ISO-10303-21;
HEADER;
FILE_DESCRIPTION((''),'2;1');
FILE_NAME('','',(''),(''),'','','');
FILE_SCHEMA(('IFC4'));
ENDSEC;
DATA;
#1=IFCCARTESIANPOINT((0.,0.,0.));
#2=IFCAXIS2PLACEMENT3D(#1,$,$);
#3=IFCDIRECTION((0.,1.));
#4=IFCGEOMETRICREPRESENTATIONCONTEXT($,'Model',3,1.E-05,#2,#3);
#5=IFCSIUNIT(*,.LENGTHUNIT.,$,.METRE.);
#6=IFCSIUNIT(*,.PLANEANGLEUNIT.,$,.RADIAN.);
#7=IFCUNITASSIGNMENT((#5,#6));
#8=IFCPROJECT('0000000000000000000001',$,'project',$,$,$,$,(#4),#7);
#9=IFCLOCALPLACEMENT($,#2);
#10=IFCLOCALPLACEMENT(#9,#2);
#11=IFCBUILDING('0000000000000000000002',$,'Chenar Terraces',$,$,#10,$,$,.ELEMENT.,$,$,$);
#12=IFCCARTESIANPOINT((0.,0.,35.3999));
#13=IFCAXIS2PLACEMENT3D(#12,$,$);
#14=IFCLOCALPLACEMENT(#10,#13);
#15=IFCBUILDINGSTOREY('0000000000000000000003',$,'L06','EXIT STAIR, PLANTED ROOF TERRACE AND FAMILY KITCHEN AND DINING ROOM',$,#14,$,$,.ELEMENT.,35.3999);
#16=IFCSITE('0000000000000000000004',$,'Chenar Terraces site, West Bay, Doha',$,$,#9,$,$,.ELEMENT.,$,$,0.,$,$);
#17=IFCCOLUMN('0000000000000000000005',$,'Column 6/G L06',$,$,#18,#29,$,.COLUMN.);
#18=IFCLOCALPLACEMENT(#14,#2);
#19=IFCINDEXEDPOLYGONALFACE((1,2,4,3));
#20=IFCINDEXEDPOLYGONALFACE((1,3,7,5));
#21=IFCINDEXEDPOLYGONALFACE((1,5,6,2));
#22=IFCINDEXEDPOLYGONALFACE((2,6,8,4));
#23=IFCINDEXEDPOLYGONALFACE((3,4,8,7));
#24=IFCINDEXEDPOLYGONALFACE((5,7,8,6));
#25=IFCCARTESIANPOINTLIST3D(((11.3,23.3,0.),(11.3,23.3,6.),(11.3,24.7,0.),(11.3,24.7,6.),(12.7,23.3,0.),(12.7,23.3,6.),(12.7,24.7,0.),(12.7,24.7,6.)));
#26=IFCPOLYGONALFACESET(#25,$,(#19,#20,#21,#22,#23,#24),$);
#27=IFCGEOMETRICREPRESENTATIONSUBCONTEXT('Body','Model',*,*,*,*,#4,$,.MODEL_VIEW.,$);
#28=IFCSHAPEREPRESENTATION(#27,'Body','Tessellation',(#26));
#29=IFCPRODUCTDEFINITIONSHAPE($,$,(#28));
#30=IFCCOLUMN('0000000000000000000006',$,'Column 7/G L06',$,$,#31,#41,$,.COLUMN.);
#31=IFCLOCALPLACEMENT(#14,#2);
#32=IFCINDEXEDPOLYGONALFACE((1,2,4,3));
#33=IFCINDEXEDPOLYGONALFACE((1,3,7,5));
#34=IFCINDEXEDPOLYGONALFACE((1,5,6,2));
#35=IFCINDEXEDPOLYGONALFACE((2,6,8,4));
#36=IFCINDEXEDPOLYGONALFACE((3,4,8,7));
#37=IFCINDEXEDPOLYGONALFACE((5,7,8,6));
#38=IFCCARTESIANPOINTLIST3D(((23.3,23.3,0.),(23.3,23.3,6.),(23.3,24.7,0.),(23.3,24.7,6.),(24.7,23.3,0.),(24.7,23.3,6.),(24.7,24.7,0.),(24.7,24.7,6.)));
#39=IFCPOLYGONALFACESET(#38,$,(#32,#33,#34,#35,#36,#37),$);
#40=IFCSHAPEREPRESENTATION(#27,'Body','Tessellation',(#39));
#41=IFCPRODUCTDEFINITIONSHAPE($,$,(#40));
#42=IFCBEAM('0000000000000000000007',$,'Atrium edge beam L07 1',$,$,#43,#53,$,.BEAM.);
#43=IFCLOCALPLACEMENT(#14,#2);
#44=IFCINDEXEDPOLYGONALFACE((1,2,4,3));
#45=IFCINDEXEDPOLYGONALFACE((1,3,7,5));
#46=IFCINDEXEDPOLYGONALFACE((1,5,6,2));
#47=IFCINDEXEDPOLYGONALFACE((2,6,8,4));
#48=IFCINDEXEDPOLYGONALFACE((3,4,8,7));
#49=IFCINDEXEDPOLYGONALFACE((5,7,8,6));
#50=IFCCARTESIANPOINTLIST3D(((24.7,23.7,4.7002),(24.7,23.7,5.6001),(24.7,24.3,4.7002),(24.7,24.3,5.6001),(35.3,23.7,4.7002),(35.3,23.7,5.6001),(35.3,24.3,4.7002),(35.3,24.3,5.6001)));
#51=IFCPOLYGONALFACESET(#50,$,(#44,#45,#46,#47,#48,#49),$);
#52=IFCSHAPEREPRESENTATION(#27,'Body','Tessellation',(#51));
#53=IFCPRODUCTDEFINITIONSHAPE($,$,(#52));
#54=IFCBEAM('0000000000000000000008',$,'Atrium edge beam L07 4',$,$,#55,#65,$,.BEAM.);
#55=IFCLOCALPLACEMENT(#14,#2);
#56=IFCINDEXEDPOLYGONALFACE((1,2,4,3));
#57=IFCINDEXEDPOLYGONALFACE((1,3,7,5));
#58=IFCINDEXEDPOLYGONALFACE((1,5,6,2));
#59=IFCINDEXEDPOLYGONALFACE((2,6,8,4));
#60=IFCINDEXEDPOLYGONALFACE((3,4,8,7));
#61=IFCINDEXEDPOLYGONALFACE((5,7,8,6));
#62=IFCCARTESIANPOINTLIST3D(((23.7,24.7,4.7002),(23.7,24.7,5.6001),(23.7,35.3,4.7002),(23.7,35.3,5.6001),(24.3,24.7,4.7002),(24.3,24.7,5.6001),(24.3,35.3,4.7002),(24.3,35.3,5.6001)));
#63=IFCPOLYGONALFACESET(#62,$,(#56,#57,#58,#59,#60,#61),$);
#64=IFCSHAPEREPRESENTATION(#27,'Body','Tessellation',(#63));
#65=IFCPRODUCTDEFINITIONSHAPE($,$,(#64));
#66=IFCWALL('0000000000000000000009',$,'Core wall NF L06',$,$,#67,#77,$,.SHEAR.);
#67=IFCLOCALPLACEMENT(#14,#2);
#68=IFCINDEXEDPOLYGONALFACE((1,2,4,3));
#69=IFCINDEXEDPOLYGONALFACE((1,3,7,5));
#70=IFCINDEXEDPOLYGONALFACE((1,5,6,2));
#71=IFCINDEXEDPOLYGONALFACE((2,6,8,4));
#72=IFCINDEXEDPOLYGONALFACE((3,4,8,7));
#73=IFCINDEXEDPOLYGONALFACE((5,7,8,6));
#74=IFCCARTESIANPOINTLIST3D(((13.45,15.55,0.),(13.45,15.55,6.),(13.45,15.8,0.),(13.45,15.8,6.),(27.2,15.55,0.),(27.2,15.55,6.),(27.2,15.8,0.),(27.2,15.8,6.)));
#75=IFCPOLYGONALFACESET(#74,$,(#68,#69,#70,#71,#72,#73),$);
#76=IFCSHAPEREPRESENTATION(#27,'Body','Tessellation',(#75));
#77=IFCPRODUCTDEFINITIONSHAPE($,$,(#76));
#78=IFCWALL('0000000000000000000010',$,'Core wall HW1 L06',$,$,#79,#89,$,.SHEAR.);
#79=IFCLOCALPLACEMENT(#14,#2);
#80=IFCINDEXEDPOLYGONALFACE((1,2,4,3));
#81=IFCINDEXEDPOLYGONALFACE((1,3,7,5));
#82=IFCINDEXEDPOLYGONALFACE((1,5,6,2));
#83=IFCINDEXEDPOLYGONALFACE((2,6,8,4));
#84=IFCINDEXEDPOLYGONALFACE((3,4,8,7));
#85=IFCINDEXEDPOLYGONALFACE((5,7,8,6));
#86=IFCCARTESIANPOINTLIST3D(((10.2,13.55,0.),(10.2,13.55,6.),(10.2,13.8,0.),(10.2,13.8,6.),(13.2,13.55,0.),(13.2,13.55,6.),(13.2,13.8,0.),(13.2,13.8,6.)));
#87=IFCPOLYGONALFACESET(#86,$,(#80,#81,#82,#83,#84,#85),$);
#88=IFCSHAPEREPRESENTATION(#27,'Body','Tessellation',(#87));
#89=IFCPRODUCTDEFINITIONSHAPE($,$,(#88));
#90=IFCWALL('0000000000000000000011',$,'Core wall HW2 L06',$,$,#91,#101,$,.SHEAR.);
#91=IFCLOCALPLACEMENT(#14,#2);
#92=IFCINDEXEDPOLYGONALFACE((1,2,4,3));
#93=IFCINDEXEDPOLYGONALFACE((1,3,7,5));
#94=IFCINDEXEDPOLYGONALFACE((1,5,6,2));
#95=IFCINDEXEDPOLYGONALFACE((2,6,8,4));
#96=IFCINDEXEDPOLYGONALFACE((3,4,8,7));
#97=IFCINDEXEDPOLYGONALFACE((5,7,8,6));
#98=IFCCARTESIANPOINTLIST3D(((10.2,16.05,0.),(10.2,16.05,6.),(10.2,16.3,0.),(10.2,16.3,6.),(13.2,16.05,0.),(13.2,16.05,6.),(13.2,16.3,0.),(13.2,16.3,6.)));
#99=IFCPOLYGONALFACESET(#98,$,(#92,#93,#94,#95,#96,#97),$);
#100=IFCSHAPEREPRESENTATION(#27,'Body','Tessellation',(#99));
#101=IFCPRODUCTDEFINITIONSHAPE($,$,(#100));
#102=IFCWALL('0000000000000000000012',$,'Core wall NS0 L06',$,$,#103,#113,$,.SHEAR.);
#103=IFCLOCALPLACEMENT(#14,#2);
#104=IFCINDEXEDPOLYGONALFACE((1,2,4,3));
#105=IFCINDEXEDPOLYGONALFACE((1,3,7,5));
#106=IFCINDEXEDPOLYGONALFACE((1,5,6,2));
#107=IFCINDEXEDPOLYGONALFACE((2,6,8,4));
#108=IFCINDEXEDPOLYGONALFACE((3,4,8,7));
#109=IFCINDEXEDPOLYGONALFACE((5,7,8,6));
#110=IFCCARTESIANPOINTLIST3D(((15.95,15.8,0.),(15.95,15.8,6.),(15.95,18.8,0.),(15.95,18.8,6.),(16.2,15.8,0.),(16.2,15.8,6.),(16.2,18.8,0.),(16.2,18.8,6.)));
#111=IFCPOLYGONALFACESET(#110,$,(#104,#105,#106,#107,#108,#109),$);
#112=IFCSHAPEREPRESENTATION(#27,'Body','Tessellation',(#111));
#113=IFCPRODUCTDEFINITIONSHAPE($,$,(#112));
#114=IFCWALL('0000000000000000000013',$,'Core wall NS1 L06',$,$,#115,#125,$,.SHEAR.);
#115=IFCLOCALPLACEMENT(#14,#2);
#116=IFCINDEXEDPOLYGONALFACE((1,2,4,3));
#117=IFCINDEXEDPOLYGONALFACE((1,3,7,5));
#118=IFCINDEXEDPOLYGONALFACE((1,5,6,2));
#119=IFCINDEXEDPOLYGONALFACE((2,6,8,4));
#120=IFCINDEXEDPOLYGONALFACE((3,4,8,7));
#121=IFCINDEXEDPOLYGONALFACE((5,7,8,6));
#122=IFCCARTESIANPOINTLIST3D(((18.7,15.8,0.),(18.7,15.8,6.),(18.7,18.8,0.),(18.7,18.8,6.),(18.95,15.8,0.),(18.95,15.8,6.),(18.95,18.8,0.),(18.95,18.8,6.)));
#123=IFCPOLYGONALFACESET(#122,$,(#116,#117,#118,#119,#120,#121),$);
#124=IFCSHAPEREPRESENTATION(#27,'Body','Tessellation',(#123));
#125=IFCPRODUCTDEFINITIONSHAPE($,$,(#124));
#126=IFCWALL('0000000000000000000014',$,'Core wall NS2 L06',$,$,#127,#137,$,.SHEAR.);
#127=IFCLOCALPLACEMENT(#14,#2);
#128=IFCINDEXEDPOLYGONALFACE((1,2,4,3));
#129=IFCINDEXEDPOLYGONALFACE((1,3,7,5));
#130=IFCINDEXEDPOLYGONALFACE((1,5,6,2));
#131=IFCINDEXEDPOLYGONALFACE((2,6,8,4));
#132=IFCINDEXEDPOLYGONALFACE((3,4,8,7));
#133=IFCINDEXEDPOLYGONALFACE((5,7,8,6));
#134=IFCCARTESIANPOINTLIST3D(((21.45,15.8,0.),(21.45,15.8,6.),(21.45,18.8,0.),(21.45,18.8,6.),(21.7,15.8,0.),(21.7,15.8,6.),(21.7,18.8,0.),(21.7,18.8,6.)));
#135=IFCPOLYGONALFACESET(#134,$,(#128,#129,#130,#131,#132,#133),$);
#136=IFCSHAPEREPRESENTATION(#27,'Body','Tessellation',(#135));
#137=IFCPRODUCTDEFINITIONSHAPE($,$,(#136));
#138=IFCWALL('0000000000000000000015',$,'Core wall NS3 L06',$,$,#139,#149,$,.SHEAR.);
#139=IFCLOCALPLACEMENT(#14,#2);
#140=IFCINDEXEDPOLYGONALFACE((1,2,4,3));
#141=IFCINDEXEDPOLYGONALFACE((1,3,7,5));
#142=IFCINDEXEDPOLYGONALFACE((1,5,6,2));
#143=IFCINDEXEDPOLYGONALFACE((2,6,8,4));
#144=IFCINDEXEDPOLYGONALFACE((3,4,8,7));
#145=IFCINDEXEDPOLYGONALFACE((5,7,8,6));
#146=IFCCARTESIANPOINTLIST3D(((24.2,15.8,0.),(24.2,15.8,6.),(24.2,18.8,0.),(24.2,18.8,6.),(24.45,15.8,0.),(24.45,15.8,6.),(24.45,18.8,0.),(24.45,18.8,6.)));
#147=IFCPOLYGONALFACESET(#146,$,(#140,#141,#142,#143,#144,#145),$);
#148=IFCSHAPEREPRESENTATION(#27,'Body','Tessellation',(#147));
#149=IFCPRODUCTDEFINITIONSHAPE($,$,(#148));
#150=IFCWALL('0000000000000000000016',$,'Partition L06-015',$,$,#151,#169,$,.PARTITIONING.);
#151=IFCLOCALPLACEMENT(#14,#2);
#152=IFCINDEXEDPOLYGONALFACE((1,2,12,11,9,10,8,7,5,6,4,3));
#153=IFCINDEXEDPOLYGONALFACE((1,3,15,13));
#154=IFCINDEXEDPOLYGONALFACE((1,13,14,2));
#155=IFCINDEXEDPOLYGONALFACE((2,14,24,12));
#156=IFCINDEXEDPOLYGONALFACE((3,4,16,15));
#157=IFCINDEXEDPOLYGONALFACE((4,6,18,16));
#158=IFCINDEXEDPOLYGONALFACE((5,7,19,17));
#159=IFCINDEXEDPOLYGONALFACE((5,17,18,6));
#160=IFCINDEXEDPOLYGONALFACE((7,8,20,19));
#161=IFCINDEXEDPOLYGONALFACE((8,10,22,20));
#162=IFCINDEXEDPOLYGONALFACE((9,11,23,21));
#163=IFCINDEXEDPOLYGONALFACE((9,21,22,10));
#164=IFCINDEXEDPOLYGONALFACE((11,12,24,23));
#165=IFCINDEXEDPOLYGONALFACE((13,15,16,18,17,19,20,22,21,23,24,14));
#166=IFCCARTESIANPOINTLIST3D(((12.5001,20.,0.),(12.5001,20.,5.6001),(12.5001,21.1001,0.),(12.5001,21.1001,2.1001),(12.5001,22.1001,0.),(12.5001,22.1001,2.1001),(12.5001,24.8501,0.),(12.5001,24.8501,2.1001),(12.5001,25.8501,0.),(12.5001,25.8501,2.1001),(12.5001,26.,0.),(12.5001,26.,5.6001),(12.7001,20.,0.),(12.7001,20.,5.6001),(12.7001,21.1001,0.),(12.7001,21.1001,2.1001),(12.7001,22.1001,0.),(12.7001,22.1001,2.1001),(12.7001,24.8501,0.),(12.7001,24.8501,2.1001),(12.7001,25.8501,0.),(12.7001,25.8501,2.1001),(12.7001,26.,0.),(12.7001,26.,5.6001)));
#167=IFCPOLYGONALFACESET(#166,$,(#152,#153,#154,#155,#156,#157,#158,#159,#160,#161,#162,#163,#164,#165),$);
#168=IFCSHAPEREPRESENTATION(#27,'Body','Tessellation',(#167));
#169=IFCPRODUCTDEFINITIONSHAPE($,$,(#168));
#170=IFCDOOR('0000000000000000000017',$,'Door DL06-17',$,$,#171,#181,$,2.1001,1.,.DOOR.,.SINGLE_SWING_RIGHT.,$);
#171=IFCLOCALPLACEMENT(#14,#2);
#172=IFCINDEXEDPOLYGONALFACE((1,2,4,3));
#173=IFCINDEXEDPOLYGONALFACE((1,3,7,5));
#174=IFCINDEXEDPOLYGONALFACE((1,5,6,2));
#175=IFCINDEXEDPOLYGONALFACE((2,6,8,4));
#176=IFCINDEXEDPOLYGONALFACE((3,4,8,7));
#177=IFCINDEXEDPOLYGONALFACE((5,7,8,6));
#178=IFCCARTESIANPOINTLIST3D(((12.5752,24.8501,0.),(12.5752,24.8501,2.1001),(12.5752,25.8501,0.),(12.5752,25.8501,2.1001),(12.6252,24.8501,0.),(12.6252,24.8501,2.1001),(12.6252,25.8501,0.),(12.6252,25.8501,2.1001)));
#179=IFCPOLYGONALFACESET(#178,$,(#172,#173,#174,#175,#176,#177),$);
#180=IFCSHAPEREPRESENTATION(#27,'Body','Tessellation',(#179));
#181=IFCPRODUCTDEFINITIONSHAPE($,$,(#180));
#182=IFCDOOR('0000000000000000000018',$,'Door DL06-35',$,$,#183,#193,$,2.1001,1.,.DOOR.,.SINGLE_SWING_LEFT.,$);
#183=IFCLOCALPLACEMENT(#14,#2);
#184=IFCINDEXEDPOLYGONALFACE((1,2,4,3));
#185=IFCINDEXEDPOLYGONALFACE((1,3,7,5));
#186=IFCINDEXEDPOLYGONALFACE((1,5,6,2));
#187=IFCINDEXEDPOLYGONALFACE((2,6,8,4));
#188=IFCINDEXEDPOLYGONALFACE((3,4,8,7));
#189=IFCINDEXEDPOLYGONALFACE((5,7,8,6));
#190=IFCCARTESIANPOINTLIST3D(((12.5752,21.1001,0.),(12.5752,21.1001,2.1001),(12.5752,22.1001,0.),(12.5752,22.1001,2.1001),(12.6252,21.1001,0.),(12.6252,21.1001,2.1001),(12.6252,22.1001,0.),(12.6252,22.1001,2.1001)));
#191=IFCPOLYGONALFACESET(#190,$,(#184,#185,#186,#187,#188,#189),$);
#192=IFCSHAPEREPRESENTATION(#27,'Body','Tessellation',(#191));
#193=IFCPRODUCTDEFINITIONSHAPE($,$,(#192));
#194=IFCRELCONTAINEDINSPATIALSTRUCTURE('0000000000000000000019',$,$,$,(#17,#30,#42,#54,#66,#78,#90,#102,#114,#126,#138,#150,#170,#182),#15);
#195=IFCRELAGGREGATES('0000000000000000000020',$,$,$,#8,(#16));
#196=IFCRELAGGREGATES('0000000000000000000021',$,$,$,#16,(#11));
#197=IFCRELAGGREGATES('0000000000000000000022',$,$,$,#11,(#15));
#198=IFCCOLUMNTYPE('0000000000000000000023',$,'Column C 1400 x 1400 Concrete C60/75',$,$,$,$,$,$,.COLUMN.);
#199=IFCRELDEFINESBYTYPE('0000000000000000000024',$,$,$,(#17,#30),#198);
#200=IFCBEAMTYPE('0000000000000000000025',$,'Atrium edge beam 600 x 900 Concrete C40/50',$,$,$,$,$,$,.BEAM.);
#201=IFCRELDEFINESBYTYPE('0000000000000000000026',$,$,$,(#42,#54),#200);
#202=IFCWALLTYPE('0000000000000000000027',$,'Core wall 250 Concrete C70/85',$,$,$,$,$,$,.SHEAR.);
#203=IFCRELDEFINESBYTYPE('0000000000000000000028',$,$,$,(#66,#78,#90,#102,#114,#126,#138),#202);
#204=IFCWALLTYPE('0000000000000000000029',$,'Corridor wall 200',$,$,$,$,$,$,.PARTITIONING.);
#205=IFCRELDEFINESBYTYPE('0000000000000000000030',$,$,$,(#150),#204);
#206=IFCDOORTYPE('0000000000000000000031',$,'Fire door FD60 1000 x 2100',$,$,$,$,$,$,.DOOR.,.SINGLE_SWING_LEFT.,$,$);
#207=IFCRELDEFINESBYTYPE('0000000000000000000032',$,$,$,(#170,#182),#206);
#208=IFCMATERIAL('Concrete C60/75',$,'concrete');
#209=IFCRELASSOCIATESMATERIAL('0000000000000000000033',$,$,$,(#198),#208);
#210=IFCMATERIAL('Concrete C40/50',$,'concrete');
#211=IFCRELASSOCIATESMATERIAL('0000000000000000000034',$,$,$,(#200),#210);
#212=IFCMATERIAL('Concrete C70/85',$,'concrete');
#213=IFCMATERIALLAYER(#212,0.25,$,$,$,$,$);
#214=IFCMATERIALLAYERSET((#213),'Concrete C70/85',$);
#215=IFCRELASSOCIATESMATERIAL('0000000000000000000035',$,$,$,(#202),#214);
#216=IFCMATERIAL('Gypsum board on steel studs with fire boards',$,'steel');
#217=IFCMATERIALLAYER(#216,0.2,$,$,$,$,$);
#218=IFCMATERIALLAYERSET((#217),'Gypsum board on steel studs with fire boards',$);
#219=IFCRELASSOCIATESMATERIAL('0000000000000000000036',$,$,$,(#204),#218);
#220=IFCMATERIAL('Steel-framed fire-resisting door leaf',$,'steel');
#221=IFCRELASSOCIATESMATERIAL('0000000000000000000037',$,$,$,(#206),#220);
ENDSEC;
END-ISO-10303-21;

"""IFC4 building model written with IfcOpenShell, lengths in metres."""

from ifc_helpers import new_model, si_unit, direction, frame, frame_2d, origin, origin_2d, place, context, subcontext, project, spatial, rectangle, extrude, material, layer, layer_set, material_profile, profile_set, type_object, element, fill, save


model = new_model("IFC4")

# Units and contexts
model_context = context("Model", 3, precision=1e-05, world=origin(), true_north=direction((0.0, 1.0)))
body_context = subcontext(model_context, "Body", "Model", "MODEL_VIEW")
ifc_project = project(units=[si_unit("LENGTHUNIT", "METRE"), si_unit("PLANEANGLEUNIT", "RADIAN")], contexts=[model_context])

# Site, building, storey
site_placement = place(None, origin())
site = spatial("IfcSite", under=ifc_project, at=site_placement, Name="Chenar Terraces site, West Bay, Doha", CompositionType="ELEMENT", RefElevation=0.0)
building_placement = place(site_placement, origin())
building = spatial("IfcBuilding", under=site, at=building_placement, Name="Chenar Terraces", CompositionType="ELEMENT")
storey_placement = place(building_placement, frame((0.0, 0.0, 35.3999)))
storey = spatial("IfcBuildingStorey", under=building, at=storey_placement, Name="L06", Description="EXIT STAIR, PLANTED ROOF TERRACE AND FAMILY KITCHEN AND DINING ROOM", CompositionType="ELEMENT", Elevation=35.3999)

# Columns
ifc_material_1 = material(Name="Concrete C60/75", Category="concrete")
ifc_material_profile_1 = material_profile(ifc_material_1, rectangle(XDim=1.3999, YDim=1.3999, at=origin_2d()), Name="C 1400 x 1400")
ifc_profile_set_1 = profile_set([ifc_material_profile_1], Name="Concrete C60/75")
column_type = type_object("IfcColumnType", Name="Column C 1400 x 1400 Concrete C60/75", PredefinedType="COLUMN", material=ifc_profile_set_1)
for number, where, z_axis, x_axis, name in (
    (1, (12.0, 24.0, 0.0), (0.0, 0.0, 1.0), (1.0, 0.0, 0.0), "Column 6/G L06"),
    (2, (24.0, 24.0, 0.0), (0.0, 0.0, 1.0), (1.0, 0.0, 0.0), "Column 7/G L06"),
):
    element("IfcColumn", number, at=place(storey_placement, frame(where, z_axis=z_axis, x_axis=x_axis)), inside=storey, type_object=column_type, Name=name, PredefinedType="COLUMN", context=body_context, shape_type="SweptSolid", body=[
        extrude(rectangle(XDim=1.3999, YDim=1.3999, at=origin_2d()), origin(), (0.0, 0.0, 1.0), 6.0),
    ])

# Beams
ifc_material_2 = material(Name="Concrete C40/50", Category="concrete")
ifc_material_profile_2 = material_profile(ifc_material_2, rectangle(XDim=0.6001, YDim=0.8999, at=origin_2d()), Name="RC 600 x 900")
ifc_profile_set_2 = profile_set([ifc_material_profile_2], Name="Concrete C40/50")
beam_type = type_object("IfcBeamType", Name="Atrium edge beam 600 x 900 Concrete C40/50", PredefinedType="BEAM", material=ifc_profile_set_2)
for number, where, z_axis, x_axis, name in (
    (3, (24.7, 24.0, 5.1501), (1.0, 0.0, 0.0), (0.0, 1.0, 0.0), "Atrium edge beam L07 1"),
    (4, (24.0, 35.3, 5.1501), (0.0, -1.0, 0.0), (1.0, 0.0, 0.0), "Atrium edge beam L07 4"),
):
    element("IfcBeam", number, at=place(storey_placement, frame(where, z_axis=z_axis, x_axis=x_axis)), inside=storey, type_object=beam_type, Name=name, PredefinedType="BEAM", context=body_context, shape_type="SweptSolid", body=[
        extrude(rectangle(XDim=0.6001, YDim=0.8999, at=origin_2d()), origin(), (0.0, 0.0, 1.0), 10.6001),
    ])

# Walls
ifc_material_3 = material(Name="Concrete C70/85", Category="concrete")
ifc_layer_1 = layer(ifc_material_3, 0.25)
ifc_layer_set_1 = layer_set([ifc_layer_1], Name="Concrete C70/85")
wall_type_1 = type_object("IfcWallType", Name="Core wall 250 Concrete C70/85", PredefinedType="SHEAR", material=ifc_layer_set_1)
wall_1_placement = place(storey_placement, frame((13.45, 15.675, 0.0), z_axis=(0.0, 0.0, 1.0), x_axis=(1.0, 0.0, 0.0)))
element("IfcWall", 5, at=wall_1_placement, inside=storey, type_object=wall_type_1, Name="Core wall NF L06", PredefinedType="SHEAR", context=body_context, shape_type="SweptSolid", body=[
    extrude(rectangle(XDim=13.75, YDim=0.25, at=frame_2d((6.875, 0.0))), origin(), (0.0, 0.0, 1.0), 6.0),
])
for number, where, z_axis, x_axis, name in (
    (6, (10.2, 13.675, 0.0), (0.0, 0.0, 1.0), (1.0, 0.0, 0.0), "Core wall HW1 L06"),
    (7, (10.2, 16.175, 0.0), (0.0, 0.0, 1.0), (1.0, 0.0, 0.0), "Core wall HW2 L06"),
    (8, (16.075, 15.8, 0.0), (0.0, 0.0, 1.0), (0.0, 1.0, 0.0), "Core wall NS0 L06"),
    (9, (18.825, 15.8, 0.0), (0.0, 0.0, 1.0), (0.0, 1.0, 0.0), "Core wall NS1 L06"),
    (10, (21.575, 15.8, 0.0), (0.0, 0.0, 1.0), (0.0, 1.0, 0.0), "Core wall NS2 L06"),
    (11, (24.325, 15.8, 0.0), (0.0, 0.0, 1.0), (0.0, 1.0, 0.0), "Core wall NS3 L06"),
):
    element("IfcWall", number, at=place(storey_placement, frame(where, z_axis=z_axis, x_axis=x_axis)), inside=storey, type_object=wall_type_1, Name=name, PredefinedType="SHEAR", context=body_context, shape_type="SweptSolid", body=[
        extrude(rectangle(XDim=3.0, YDim=0.25, at=frame_2d((1.5, 0.0))), origin(), (0.0, 0.0, 1.0), 6.0),
    ])

# Wall, openings, doors
ifc_material_4 = material(Name="Gypsum board on steel studs with fire boards", Category="steel")
ifc_layer_2 = layer(ifc_material_4, 0.2)
ifc_layer_set_2 = layer_set([ifc_layer_2], Name="Gypsum board on steel studs with fire boards")
wall_type_2 = type_object("IfcWallType", Name="Corridor wall 200", PredefinedType="PARTITIONING", material=ifc_layer_set_2)
wall_2_placement = place(storey_placement, frame((12.6001, 20.0, 0.0), z_axis=(0.0, 0.0, 1.0), x_axis=(0.0, 1.0, 0.0)))
wall_2 = element("IfcWall", 12, at=wall_2_placement, inside=storey, type_object=wall_type_2, Name="Partition L06-015", PredefinedType="PARTITIONING", context=body_context, shape_type="SweptSolid", body=[
    extrude(rectangle(XDim=6.0, YDim=0.2, at=frame_2d((3.0, 0.0))), origin(), (0.0, 0.0, 1.0), 5.6001),
])
opening_1_placement = place(wall_2_placement, frame((4.8501, 0.0, 0.0)))
opening_1 = element("IfcOpeningElement", 13, at=opening_1_placement, cuts=wall_2, PredefinedType="OPENING", context=body_context, shape_type="SweptSolid", body=[
    extrude(rectangle(XDim=1.0, YDim=2.1001, at=frame_2d((0.5, 1.05))), frame((0.0, 0.1099, 0.0), z_axis=(0.0, -1.0, 0.0), x_axis=(1.0, 0.0, 0.0)), (0.0, 0.0, 1.0), 0.22),
])
opening_2_placement = place(wall_2_placement, frame((1.1001, 0.0, 0.0)))
opening_2 = element("IfcOpeningElement", 14, at=opening_2_placement, cuts=wall_2, PredefinedType="OPENING", context=body_context, shape_type="SweptSolid", body=[
    extrude(rectangle(XDim=1.0, YDim=2.1001, at=frame_2d((0.5, 1.05))), frame((0.0, 0.1099, 0.0), z_axis=(0.0, -1.0, 0.0), x_axis=(1.0, 0.0, 0.0)), (0.0, 0.0, 1.0), 0.22),
])
ifc_material_5 = material(Name="Steel-framed fire-resisting door leaf", Category="steel")
door_type_1 = type_object("IfcDoorType", Name="Fire door FD60 1000 x 2100", OperationType="SINGLE_SWING_LEFT", PredefinedType="DOOR", material=ifc_material_5)
door_1_placement = place(opening_1_placement, origin())
door_1 = element("IfcDoor", 15, at=door_1_placement, inside=storey, type_object=door_type_1, Name="Door DL06-17", OperationType="SINGLE_SWING_RIGHT", OverallHeight=2.1001, OverallWidth=1.0, PredefinedType="DOOR", context=body_context, shape_type="SweptSolid", body=[
    extrude(rectangle(XDim=1.0, YDim=2.1001, at=frame_2d((0.5, 1.05))), frame((0.0, 0.0249, 0.0), z_axis=(0.0, -1.0, 0.0), x_axis=(1.0, 0.0, 0.0)), (0.0, 0.0, 1.0), 0.05),
])
fill(opening_1, door_1)
door_2_placement = place(opening_2_placement, origin())
door_2 = element("IfcDoor", 16, at=door_2_placement, inside=storey, type_object=door_type_1, Name="Door DL06-35", OperationType="SINGLE_SWING_LEFT", OverallHeight=2.1001, OverallWidth=1.0, PredefinedType="DOOR", context=body_context, shape_type="SweptSolid", body=[
    extrude(rectangle(XDim=1.0, YDim=2.1001, at=frame_2d((0.5, 1.05))), frame((0.0, 0.0249, 0.0), z_axis=(0.0, -1.0, 0.0), x_axis=(1.0, 0.0, 0.0)), (0.0, 0.0, 1.0), 0.05),
])
fill(opening_2, door_2)

save(model, "model.ifc")
